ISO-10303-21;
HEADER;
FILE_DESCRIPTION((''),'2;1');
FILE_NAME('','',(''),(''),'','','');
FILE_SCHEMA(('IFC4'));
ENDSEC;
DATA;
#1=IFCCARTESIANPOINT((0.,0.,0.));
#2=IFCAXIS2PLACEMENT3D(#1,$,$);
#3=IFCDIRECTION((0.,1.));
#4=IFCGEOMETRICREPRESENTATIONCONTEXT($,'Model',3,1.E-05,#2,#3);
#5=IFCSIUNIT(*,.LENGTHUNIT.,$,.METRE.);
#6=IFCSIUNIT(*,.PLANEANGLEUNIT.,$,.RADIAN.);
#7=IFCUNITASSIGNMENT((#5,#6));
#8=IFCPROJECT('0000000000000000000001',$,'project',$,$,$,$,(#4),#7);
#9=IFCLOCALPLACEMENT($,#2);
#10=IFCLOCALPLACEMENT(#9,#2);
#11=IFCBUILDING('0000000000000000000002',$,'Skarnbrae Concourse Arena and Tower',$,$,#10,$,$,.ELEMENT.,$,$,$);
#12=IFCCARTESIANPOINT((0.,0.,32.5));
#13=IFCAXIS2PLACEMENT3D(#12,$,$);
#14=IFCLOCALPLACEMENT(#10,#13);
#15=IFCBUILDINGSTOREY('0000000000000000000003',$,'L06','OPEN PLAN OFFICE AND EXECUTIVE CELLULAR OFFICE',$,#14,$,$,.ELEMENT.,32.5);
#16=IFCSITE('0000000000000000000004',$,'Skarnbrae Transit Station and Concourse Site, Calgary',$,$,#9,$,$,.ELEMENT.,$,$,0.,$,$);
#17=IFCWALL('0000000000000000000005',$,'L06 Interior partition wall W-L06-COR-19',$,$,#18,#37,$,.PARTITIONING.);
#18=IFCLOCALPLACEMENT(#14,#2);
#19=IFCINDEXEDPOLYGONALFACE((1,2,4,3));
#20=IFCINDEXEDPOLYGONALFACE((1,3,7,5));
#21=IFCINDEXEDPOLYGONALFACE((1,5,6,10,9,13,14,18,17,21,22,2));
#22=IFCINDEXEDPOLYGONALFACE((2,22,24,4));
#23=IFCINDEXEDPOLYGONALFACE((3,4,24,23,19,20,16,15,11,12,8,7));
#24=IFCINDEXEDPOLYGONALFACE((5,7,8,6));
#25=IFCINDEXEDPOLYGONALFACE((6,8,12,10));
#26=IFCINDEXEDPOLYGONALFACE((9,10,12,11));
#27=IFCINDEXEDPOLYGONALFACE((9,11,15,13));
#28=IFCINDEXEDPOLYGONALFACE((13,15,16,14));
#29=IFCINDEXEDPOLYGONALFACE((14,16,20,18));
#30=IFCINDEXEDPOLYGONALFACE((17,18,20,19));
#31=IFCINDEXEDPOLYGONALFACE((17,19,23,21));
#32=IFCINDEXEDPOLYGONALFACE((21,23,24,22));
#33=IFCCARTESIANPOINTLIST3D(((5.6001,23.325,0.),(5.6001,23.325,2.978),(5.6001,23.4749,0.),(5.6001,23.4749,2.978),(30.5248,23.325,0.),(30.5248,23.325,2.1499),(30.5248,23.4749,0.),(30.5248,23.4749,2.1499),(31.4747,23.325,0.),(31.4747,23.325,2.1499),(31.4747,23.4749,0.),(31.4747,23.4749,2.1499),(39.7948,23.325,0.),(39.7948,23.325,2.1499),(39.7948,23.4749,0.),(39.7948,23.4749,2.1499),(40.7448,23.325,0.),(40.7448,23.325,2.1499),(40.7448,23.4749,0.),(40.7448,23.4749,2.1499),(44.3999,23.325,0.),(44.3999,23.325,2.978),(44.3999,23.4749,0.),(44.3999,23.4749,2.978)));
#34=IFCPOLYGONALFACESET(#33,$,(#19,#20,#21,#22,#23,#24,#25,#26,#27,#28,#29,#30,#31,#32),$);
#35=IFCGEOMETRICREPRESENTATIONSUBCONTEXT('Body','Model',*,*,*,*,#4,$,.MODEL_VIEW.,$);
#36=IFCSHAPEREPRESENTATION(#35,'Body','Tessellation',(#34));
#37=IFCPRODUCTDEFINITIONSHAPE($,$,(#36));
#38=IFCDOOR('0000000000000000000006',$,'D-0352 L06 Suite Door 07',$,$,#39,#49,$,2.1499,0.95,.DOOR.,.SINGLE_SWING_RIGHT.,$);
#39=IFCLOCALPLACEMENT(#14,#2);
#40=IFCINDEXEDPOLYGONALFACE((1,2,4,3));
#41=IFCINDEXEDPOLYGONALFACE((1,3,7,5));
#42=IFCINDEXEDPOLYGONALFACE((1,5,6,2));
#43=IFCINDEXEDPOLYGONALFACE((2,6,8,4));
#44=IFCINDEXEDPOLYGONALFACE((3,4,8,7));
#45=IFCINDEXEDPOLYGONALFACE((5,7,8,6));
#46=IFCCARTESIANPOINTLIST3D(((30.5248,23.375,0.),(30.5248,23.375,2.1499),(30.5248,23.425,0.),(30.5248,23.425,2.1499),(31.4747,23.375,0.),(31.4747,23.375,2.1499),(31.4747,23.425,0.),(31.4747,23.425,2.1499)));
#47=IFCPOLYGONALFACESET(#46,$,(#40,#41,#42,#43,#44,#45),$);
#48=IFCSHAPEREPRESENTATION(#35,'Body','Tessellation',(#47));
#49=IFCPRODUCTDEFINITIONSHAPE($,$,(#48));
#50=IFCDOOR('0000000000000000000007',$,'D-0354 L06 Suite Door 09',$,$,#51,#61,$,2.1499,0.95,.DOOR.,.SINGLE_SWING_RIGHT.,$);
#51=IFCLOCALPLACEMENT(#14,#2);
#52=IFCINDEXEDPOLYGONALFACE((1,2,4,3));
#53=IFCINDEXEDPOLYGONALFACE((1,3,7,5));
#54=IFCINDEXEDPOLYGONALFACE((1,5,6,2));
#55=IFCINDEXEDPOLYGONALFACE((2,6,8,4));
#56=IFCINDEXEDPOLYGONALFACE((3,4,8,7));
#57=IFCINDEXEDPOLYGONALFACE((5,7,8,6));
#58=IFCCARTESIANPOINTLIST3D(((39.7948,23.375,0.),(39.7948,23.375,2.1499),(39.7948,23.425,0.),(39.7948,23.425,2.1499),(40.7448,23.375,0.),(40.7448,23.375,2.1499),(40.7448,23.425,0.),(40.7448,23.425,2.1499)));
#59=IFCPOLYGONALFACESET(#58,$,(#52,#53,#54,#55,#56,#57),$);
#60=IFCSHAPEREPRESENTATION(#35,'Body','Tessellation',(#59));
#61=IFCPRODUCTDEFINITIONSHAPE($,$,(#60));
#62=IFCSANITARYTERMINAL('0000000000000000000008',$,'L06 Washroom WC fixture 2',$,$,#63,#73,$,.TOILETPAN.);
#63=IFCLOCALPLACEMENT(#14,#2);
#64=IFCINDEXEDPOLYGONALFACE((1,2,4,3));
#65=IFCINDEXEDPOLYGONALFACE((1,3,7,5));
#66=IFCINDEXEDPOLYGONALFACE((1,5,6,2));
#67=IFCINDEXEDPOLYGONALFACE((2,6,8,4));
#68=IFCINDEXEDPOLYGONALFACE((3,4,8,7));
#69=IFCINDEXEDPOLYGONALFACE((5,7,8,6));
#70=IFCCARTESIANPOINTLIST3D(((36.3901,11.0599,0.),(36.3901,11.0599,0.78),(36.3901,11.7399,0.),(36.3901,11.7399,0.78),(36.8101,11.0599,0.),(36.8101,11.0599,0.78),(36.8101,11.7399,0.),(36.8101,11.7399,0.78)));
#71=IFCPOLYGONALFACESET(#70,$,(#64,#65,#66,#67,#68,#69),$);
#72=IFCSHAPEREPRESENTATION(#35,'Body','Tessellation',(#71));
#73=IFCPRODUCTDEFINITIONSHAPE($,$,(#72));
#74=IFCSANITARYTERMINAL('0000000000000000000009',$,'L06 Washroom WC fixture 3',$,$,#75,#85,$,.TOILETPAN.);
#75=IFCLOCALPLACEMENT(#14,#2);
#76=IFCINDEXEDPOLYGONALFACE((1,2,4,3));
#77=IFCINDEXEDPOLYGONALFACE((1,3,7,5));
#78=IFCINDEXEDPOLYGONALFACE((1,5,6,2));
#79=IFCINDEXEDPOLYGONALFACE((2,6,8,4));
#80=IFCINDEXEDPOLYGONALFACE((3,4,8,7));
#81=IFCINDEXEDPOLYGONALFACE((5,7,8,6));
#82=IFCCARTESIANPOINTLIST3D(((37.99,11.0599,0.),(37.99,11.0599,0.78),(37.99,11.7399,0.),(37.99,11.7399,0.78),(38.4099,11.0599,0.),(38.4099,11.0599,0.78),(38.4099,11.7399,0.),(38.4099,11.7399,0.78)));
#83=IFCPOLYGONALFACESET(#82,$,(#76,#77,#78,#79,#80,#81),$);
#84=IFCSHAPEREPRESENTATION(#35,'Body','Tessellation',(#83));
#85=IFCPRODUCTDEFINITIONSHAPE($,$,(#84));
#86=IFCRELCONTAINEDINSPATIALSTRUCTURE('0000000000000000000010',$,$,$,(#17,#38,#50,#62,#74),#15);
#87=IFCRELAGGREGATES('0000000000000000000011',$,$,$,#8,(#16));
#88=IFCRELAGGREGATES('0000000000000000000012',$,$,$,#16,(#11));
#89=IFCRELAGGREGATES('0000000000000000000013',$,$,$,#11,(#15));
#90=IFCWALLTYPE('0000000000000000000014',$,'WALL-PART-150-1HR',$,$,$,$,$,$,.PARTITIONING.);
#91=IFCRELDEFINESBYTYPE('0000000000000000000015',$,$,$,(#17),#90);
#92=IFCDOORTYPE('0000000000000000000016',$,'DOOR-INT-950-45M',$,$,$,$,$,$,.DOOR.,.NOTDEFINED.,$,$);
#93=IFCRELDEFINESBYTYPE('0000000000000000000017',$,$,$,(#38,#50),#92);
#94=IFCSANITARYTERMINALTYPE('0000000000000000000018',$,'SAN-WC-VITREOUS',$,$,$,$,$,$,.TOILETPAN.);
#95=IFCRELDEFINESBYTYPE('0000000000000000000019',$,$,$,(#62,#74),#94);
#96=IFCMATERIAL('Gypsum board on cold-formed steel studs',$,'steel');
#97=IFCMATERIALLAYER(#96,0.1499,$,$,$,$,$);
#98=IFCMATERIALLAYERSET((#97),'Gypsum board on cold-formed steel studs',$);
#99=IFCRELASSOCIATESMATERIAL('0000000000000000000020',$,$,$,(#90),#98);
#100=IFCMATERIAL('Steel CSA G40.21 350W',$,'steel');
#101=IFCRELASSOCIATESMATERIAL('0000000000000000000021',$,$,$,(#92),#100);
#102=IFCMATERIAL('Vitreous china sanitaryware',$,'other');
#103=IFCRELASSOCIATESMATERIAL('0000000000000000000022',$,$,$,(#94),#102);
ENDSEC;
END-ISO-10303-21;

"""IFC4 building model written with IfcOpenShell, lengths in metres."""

from ifc_helpers import new_model, si_unit, direction, frame, frame_2d, origin, origin_2d, place, context, subcontext, project, spatial, rectangle, extrude, source, transform, mapped, material, layer, layer_set, type_object, element, fill, save


model = new_model("IFC4")

# Units and contexts
model_context = context("Model", 3, precision=1e-05, world=origin(), true_north=direction((0.0, 1.0)))
body_context = subcontext(model_context, "Body", "Model", "MODEL_VIEW")
ifc_project = project(units=[si_unit("LENGTHUNIT", "METRE"), si_unit("PLANEANGLEUNIT", "RADIAN")], contexts=[model_context])

# Site, building, storey
site_placement = place(None, origin())
site = spatial("IfcSite", under=ifc_project, at=site_placement, Name="Skarnbrae Transit Station and Concourse Site, Calgary", CompositionType="ELEMENT", RefElevation=0.0)
building_placement = place(site_placement, origin())
building = spatial("IfcBuilding", under=site, at=building_placement, Name="Skarnbrae Concourse Arena and Tower", CompositionType="ELEMENT")
storey_placement = place(building_placement, frame((0.0, 0.0, 32.5)))
storey = spatial("IfcBuildingStorey", under=building, at=storey_placement, Name="L06", Description="OPEN PLAN OFFICE AND EXECUTIVE CELLULAR OFFICE", CompositionType="ELEMENT", Elevation=32.5)

# Shared definitions
ifc_material_1 = material(Name="Steel CSA G40.21 350W", Category="steel")

# Shared definitions
ifc_material_2 = material(Name="Gypsum board on cold-formed steel studs", Category="steel")

# Shared definitions
ifc_layer_1 = layer(ifc_material_2, 0.1499)
ifc_layer_set_1 = layer_set([ifc_layer_1], Name="Gypsum board on cold-formed steel studs")
wall_type_1 = type_object("IfcWallType", Name="WALL-PART-150-1HR", PredefinedType="PARTITIONING", material=ifc_layer_set_1)

# Wall, openings, doors
shared_shape_1 = source(origin(), body_context, "Body", "SweptSolid", [
    extrude(rectangle(XDim=38.7998, YDim=0.1499, at=frame_2d((19.3999, 0.0))), origin(), (0.0, 0.0, 1.0), 2.978),
])
wall_1_placement = place(storey_placement, frame((44.3999, 23.3999, 0.0), z_axis=(0.0, 0.0, 1.0), x_axis=(-1.0, 0.0, 0.0)))
wall_1 = element("IfcWall", 1, at=wall_1_placement, inside=storey, type_object=wall_type_1, Name="L06 Interior partition wall W-L06-COR-19", PredefinedType="PARTITIONING", context=body_context, shape_type="MappedRepresentation", body=[
    mapped(shared_shape_1, transform((0.0, 0.0, 0.0))),
])
opening_1_placement = place(wall_1_placement, frame((12.925, 0.0, 0.0)))
opening_1 = element("IfcOpeningElement", 2, at=opening_1_placement, cuts=wall_1, PredefinedType="OPENING", context=body_context, shape_type="SweptSolid", body=[
    extrude(rectangle(XDim=0.95, YDim=2.1499, at=frame_2d((0.4751, 1.075))), frame((0.0, 0.085, 0.0), z_axis=(0.0, -1.0, 0.0), x_axis=(1.0, 0.0, 0.0)), (0.0, 0.0, 1.0), 0.1699),
])
opening_2_placement = place(wall_1_placement, frame((3.655, 0.0, 0.0)))
opening_2 = element("IfcOpeningElement", 3, at=opening_2_placement, cuts=wall_1, PredefinedType="OPENING", context=body_context, shape_type="SweptSolid", body=[
    extrude(rectangle(XDim=0.95, YDim=2.1499, at=frame_2d((0.4751, 1.075))), frame((0.0, 0.085, 0.0), z_axis=(0.0, -1.0, 0.0), x_axis=(1.0, 0.0, 0.0)), (0.0, 0.0, 1.0), 0.1699),
])
door_type_1 = type_object("IfcDoorType", Name="DOOR-INT-950-45M", OperationType="NOTDEFINED", PredefinedType="DOOR", material=ifc_material_1)
shared_shape_2 = source(origin(), body_context, "Body", "SweptSolid", [
    extrude(rectangle(XDim=0.95, YDim=2.1499, at=frame_2d((0.4751, 1.075))), frame((0.0, 0.0249, 0.0), z_axis=(0.0, -1.0, 0.0), x_axis=(1.0, 0.0, 0.0)), (0.0, 0.0, 1.0), 0.05),
])
door_1_placement = place(opening_1_placement, origin())
door_1 = element("IfcDoor", 4, at=door_1_placement, inside=storey, type_object=door_type_1, Name="D-0352 L06 Suite Door 07", OperationType="SINGLE_SWING_RIGHT", OverallHeight=2.1499, OverallWidth=0.95, PredefinedType="DOOR", context=body_context, shape_type="MappedRepresentation", body=[
    mapped(shared_shape_2, transform((0.0, 0.0, 0.0))),
])
fill(opening_1, door_1)
door_2_placement = place(opening_2_placement, origin())
door_2 = element("IfcDoor", 5, at=door_2_placement, inside=storey, type_object=door_type_1, Name="D-0354 L06 Suite Door 09", OperationType="SINGLE_SWING_RIGHT", OverallHeight=2.1499, OverallWidth=0.95, PredefinedType="DOOR", context=body_context, shape_type="MappedRepresentation", body=[
    mapped(shared_shape_2, transform((0.0, 0.0, 0.0))),
])
fill(opening_2, door_2)

# Sanitary terminals
ifc_material_3 = material(Name="Vitreous china sanitaryware", Category="other")
sanitary_terminal_type = type_object("IfcSanitaryTerminalType", Name="SAN-WC-VITREOUS", PredefinedType="TOILETPAN", material=ifc_material_3)
shared_shape_3 = source(origin(), body_context, "Body", "SweptSolid", [
    extrude(rectangle(XDim=0.4199, YDim=0.6799, at=origin_2d()), origin(), (0.0, 0.0, 1.0), 0.78),
])
for number, where, z_axis, x_axis, name in (
    (6, (36.6001, 11.3999, 0.0), (0.0, 0.0, 1.0), (1.0, 0.0, 0.0), "L06 Washroom WC fixture 2"),
    (7, (38.2, 11.3999, 0.0), (0.0, 0.0, 1.0), (1.0, 0.0, 0.0), "L06 Washroom WC fixture 3"),
):
    element("IfcSanitaryTerminal", number, at=place(storey_placement, frame(where, z_axis=z_axis, x_axis=x_axis)), inside=storey, type_object=sanitary_terminal_type, Name=name, PredefinedType="TOILETPAN", context=body_context, shape_type="MappedRepresentation", body=[
        mapped(shared_shape_3, transform((0.0, 0.0, 0.0))),
    ])

save(model, "model.ifc")
